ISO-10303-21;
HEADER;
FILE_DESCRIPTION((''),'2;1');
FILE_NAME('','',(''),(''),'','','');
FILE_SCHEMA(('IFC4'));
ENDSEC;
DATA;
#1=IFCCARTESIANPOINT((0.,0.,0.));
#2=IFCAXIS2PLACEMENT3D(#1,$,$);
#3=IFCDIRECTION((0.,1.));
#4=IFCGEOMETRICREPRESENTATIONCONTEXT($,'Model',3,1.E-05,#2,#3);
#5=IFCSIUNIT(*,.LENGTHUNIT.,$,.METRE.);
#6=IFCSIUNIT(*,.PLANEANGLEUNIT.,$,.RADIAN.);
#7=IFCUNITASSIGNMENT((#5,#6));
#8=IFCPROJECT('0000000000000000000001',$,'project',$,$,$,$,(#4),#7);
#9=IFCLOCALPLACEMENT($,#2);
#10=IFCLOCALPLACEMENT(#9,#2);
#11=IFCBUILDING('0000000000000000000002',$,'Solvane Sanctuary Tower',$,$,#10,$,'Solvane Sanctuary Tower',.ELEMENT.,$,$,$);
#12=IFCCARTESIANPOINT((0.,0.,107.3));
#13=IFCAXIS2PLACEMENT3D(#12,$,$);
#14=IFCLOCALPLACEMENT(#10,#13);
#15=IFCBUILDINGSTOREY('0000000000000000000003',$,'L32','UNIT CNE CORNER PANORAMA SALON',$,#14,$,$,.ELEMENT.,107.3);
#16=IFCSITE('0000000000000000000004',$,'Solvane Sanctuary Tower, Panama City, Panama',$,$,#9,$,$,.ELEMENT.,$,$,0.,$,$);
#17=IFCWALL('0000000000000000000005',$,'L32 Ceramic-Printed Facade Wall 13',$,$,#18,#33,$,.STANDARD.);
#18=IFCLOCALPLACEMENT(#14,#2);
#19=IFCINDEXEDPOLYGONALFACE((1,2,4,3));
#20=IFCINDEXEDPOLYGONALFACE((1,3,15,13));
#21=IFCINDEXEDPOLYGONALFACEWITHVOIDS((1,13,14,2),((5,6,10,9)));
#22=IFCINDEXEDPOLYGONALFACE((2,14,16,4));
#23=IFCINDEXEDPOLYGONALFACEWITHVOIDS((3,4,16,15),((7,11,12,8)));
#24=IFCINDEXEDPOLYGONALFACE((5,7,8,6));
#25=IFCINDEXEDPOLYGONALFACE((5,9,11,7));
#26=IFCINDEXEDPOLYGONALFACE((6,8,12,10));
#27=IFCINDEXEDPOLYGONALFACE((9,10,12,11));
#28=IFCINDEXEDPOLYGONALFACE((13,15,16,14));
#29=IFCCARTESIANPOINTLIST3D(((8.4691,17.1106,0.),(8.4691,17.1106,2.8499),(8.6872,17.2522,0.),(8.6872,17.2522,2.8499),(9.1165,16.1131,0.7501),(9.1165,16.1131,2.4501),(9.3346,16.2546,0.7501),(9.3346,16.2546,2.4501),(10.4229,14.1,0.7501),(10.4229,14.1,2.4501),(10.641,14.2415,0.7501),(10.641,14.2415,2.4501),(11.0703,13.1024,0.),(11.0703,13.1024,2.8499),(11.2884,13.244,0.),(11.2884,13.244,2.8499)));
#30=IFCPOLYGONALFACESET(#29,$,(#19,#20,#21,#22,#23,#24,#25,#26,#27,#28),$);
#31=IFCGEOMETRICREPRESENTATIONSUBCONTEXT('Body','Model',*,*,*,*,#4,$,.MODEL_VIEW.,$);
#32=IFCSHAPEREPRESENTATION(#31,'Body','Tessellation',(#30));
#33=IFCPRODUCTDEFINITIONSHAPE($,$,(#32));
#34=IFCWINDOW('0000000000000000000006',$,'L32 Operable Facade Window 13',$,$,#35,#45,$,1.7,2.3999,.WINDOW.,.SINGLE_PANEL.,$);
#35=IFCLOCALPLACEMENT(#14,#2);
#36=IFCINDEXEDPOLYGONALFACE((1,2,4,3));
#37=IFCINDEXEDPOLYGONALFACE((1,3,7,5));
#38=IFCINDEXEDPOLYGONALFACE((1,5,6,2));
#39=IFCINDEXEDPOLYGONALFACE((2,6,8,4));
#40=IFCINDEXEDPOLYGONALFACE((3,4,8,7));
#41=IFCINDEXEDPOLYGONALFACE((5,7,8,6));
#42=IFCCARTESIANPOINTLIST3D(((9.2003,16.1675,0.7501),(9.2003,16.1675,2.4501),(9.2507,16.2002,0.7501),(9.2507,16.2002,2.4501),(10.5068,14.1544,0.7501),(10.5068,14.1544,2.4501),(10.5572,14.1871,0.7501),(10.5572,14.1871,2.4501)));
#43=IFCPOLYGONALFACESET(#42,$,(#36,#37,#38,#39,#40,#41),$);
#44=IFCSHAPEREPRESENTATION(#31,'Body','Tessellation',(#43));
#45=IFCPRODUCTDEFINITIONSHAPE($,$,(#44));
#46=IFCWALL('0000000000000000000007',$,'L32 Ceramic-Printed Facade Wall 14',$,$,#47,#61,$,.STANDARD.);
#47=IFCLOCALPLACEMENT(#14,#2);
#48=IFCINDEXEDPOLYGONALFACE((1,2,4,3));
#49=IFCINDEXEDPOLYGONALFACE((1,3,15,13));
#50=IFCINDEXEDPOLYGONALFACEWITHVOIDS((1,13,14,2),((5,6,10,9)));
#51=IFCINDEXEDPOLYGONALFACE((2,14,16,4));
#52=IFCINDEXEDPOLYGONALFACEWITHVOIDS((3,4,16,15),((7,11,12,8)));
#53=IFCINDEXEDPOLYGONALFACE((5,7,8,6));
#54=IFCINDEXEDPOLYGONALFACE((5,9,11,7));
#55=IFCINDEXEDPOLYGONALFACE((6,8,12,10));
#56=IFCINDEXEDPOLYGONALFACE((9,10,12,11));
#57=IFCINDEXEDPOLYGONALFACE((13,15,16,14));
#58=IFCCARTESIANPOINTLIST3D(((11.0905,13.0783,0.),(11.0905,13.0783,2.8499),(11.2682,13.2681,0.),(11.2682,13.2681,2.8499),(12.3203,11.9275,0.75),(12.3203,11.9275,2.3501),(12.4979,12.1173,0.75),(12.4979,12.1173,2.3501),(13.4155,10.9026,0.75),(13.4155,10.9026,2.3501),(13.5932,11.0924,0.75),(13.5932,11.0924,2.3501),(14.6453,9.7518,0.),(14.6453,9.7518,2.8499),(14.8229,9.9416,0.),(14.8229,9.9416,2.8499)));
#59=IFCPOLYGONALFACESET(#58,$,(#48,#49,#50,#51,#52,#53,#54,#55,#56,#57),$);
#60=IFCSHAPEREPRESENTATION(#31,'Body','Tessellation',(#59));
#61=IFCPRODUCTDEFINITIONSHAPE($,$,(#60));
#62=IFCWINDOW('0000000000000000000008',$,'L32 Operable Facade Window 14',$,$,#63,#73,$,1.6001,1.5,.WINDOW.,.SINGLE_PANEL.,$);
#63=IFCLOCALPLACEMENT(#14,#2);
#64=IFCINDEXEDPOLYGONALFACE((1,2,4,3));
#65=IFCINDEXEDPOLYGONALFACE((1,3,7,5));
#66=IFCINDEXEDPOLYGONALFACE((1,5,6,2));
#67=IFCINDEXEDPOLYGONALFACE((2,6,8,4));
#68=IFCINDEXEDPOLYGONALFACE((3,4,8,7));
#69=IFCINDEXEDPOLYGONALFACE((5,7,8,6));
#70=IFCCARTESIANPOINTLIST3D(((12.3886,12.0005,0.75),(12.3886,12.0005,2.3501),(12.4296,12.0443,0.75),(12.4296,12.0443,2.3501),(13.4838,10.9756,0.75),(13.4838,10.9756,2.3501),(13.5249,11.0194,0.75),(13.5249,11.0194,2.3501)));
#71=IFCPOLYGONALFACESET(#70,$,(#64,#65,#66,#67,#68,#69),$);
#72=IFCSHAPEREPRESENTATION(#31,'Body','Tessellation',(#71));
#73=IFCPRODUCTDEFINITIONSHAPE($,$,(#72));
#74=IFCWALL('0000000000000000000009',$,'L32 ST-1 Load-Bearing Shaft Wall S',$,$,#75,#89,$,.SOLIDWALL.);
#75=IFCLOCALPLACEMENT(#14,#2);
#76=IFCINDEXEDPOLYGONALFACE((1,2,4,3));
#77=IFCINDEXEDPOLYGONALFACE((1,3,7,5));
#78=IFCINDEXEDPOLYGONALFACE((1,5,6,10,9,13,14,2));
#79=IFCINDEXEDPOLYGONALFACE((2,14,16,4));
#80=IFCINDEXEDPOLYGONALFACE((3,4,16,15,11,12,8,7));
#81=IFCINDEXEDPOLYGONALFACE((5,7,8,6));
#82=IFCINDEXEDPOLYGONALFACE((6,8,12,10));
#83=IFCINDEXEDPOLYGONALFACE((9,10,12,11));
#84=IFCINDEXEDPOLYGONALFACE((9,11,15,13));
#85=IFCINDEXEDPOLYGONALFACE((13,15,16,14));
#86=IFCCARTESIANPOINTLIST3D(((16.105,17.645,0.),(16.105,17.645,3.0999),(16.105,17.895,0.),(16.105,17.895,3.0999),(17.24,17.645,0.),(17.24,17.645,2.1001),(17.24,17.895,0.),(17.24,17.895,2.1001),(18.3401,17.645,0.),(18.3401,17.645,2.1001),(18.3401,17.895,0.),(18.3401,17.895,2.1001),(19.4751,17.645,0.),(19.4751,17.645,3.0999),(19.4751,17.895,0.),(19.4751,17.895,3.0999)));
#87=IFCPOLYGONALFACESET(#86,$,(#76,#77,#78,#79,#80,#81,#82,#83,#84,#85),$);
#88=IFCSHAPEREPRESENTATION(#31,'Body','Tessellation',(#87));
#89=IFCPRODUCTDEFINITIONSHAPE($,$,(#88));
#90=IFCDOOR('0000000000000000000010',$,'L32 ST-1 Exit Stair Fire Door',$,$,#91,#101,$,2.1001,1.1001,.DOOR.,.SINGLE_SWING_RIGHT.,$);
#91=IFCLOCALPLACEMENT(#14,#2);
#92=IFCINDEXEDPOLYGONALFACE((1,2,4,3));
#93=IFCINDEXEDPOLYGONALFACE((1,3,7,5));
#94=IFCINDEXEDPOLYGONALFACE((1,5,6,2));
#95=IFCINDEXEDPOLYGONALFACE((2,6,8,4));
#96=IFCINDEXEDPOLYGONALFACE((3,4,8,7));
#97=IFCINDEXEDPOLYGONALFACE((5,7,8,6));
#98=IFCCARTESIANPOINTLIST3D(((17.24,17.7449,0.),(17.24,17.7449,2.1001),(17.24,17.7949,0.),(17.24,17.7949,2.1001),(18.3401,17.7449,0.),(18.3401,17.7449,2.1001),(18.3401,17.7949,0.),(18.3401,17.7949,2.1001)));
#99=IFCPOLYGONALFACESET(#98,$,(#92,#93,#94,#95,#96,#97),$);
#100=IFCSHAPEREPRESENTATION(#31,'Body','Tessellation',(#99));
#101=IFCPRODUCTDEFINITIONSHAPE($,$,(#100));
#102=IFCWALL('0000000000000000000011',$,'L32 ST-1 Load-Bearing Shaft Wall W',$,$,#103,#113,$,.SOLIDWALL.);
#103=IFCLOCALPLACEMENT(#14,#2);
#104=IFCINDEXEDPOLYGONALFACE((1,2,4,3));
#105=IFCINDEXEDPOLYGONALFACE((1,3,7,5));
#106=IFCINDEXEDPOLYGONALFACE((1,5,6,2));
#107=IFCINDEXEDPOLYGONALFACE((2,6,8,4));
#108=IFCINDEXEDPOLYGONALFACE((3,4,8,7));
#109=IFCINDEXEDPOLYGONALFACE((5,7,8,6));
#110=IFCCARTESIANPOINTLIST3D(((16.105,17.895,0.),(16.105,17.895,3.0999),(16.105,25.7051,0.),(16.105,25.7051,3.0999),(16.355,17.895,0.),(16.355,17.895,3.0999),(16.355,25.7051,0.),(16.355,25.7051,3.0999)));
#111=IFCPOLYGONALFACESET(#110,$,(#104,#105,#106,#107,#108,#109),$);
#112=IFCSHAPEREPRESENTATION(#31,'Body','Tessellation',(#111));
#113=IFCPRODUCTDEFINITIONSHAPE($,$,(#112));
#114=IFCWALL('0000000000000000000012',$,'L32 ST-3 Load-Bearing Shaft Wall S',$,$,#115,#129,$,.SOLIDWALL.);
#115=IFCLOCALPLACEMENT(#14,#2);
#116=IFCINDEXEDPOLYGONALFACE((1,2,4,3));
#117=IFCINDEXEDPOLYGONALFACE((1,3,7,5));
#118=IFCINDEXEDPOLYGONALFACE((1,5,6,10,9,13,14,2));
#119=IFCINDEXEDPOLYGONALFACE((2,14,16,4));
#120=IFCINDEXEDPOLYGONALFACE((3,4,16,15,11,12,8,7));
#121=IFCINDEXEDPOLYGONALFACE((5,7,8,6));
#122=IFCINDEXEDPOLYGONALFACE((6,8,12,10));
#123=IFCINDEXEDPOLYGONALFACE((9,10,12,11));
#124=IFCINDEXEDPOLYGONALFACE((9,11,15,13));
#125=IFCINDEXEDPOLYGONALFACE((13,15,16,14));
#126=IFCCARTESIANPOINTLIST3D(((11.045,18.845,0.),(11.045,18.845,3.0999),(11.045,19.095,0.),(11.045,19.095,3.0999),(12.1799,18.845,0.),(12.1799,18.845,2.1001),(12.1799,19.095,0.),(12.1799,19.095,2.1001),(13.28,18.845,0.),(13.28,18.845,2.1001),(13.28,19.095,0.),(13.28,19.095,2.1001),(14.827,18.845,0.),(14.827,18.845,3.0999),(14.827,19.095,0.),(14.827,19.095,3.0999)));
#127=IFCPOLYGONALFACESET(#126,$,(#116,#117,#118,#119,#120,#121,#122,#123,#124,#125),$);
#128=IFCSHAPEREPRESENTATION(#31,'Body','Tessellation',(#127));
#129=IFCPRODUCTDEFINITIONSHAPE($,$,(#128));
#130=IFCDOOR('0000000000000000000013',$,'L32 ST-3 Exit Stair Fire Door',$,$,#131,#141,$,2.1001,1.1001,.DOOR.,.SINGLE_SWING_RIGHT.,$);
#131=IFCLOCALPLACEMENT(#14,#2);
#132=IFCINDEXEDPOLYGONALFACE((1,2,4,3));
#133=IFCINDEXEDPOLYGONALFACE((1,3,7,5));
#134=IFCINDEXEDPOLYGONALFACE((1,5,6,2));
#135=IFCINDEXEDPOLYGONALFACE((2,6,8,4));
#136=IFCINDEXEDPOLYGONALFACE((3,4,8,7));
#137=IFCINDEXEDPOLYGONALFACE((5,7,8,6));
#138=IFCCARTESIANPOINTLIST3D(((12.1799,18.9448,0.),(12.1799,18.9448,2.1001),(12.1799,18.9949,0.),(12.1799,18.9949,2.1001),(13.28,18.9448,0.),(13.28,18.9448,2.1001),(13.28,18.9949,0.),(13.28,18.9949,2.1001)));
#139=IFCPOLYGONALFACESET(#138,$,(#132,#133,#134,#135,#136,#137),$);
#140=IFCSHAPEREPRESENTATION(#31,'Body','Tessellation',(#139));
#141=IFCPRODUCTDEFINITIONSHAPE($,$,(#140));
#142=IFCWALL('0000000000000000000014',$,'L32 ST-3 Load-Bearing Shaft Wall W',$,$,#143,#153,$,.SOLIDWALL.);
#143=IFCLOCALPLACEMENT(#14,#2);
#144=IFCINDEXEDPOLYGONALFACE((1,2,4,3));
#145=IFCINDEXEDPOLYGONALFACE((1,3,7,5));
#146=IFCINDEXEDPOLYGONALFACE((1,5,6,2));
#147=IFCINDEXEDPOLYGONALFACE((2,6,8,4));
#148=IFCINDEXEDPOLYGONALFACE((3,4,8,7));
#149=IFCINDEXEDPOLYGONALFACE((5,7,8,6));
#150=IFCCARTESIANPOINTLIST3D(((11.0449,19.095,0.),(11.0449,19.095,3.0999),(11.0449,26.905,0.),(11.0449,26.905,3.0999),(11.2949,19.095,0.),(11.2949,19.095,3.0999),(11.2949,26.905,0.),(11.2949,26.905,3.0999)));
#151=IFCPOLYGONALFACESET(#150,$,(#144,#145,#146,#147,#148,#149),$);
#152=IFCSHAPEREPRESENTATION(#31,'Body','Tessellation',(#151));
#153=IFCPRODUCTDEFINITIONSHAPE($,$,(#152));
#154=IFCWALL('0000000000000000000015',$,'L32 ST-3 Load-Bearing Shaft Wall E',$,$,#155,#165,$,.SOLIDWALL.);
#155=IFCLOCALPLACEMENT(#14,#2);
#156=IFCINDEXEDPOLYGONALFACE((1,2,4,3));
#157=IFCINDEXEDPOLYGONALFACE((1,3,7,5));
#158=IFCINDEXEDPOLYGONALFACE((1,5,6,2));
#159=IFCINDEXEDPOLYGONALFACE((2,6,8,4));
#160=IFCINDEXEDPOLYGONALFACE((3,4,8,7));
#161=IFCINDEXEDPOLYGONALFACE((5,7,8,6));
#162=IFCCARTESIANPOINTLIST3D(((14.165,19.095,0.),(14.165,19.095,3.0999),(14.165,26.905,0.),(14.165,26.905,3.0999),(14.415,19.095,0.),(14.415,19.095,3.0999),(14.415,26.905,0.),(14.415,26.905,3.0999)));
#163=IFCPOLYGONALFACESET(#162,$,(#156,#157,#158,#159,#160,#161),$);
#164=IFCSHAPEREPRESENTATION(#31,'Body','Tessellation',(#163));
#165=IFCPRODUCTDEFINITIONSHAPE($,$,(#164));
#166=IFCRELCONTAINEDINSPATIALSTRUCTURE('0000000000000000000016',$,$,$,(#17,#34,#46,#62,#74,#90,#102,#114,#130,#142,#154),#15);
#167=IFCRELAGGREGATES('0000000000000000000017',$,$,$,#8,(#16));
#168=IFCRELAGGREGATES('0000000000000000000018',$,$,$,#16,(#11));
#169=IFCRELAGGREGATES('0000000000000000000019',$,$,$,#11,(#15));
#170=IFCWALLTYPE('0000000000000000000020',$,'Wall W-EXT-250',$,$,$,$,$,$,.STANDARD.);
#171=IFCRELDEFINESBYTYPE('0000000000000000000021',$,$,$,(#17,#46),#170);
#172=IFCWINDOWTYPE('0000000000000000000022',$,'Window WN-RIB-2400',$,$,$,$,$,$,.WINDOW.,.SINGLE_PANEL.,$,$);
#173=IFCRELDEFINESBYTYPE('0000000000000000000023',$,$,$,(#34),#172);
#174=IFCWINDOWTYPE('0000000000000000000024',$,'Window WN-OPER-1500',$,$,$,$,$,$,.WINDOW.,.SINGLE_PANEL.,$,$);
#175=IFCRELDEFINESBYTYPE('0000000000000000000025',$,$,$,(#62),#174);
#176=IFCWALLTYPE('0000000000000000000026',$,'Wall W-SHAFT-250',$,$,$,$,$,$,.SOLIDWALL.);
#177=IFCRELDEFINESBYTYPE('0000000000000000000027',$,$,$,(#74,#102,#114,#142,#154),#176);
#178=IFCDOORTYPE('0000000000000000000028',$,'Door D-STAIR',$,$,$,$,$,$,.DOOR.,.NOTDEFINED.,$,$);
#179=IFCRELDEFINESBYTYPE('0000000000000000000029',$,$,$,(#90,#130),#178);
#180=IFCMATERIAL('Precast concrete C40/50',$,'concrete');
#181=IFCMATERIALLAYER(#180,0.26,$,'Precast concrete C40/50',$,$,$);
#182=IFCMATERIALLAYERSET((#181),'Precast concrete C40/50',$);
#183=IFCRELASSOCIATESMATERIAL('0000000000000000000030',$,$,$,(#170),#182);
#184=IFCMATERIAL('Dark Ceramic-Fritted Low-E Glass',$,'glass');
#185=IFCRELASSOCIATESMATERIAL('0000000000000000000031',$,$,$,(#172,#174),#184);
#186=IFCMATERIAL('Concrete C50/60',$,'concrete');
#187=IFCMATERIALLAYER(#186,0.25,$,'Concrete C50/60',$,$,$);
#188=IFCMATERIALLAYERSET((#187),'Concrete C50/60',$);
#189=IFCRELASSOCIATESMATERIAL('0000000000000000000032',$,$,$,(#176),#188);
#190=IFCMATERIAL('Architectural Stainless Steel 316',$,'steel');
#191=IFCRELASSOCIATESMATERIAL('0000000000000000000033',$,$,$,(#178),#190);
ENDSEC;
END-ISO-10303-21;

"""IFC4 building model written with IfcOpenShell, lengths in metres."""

from ifc_helpers import new_model, si_unit, direction, frame, frame_2d, origin, place, context, subcontext, project, spatial, rectangle, extrude, material, layer, layer_set, type_object, element, fill, save


model = new_model("IFC4")

# Units and contexts
model_context = context("Model", 3, precision=1e-05, world=origin(), true_north=direction((0.0, 1.0)))
body_context = subcontext(model_context, "Body", "Model", "MODEL_VIEW")
ifc_project = project(units=[si_unit("LENGTHUNIT", "METRE"), si_unit("PLANEANGLEUNIT", "RADIAN")], contexts=[model_context])

# Site, building, storey
site_placement = place(None, origin())
site = spatial("IfcSite", under=ifc_project, at=site_placement, Name="Solvane Sanctuary Tower, Panama City, Panama", CompositionType="ELEMENT", RefElevation=0.0)
building_placement = place(site_placement, origin())
building = spatial("IfcBuilding", under=site, at=building_placement, Name="Solvane Sanctuary Tower", LongName="Solvane Sanctuary Tower", CompositionType="ELEMENT")
storey_placement = place(building_placement, frame((0.0, 0.0, 107.3)))
storey = spatial("IfcBuildingStorey", under=building, at=storey_placement, Name="L32", Description="UNIT CNE CORNER PANORAMA SALON", CompositionType="ELEMENT", Elevation=107.3)

# Walls, openings, windows
ifc_material_1 = material(Name="Precast concrete C40/50", Category="concrete")
ifc_layer_1 = layer(ifc_material_1, 0.26, Name="Precast concrete C40/50")
ifc_layer_set_1 = layer_set([ifc_layer_1], Name="Precast concrete C40/50")
wall_type_1 = type_object("IfcWallType", Name="Wall W-EXT-250", PredefinedType="STANDARD", material=ifc_layer_set_1)
wall_1_placement = place(storey_placement, frame((8.5781, 17.1814, 0.0), z_axis=(0.0, 0.0, 1.0), x_axis=(0.544388, -0.838833, 0.0)))
wall_1 = element("IfcWall", 1, at=wall_1_placement, inside=storey, type_object=wall_type_1, Name="L32 Ceramic-Printed Facade Wall 13", PredefinedType="STANDARD", context=body_context, shape_type="SweptSolid", body=[
    extrude(rectangle(XDim=4.7783, YDim=0.26, at=frame_2d((2.3892, 0.0))), origin(), (0.0, 0.0, 1.0), 2.8499),
])
opening_1_placement = place(wall_1_placement, frame((1.1892, 0.0, 0.75)))
opening_1 = element("IfcOpeningElement", 2, at=opening_1_placement, cuts=wall_1, PredefinedType="OPENING", context=body_context, shape_type="SweptSolid", body=[
    extrude(rectangle(XDim=2.3999, YDim=1.7, at=frame_2d((1.2, 0.8501))), frame((0.0, 0.1399, 0.0), z_axis=(0.0, -1.0, 0.0), x_axis=(1.0, 0.0, 0.0)), (0.0, 0.0, 1.0), 0.28),
])
ifc_material_2 = material(Name="Dark Ceramic-Fritted Low-E Glass", Category="glass")
window_type_1 = type_object("IfcWindowType", Name="Window WN-RIB-2400", PartitioningType="SINGLE_PANEL", PredefinedType="WINDOW", material=ifc_material_2)
window_1_placement = place(opening_1_placement, origin())
window_1 = element("IfcWindow", 3, at=window_1_placement, inside=storey, type_object=window_type_1, Name="L32 Operable Facade Window 13", OverallHeight=1.7, OverallWidth=2.3999, PartitioningType="SINGLE_PANEL", PredefinedType="WINDOW", context=body_context, shape_type="SweptSolid", body=[
    extrude(rectangle(XDim=2.3999, YDim=1.7, at=frame_2d((1.2, 0.8501))), frame((0.0, 0.03, 0.0), z_axis=(0.0, -1.0, 0.0), x_axis=(1.0, 0.0, 0.0)), (0.0, 0.0, 1.0), 0.0601),
])
fill(opening_1, window_1)
wall_2_placement = place(storey_placement, frame((11.1794, 13.1731, 0.0), z_axis=(0.0, 0.0, 1.0), x_axis=(0.730162, -0.683274, 0.0)))
wall_2 = element("IfcWall", 4, at=wall_2_placement, inside=storey, type_object=wall_type_1, Name="L32 Ceramic-Printed Facade Wall 14", PredefinedType="STANDARD", context=body_context, shape_type="SweptSolid", body=[
    extrude(rectangle(XDim=4.8684, YDim=0.26, at=frame_2d((2.4341, 0.0))), origin(), (0.0, 0.0, 1.0), 2.8499),
])
opening_2_placement = place(wall_2_placement, frame((1.6841, 0.0, 0.75)))
opening_2 = element("IfcOpeningElement", 5, at=opening_2_placement, cuts=wall_2, PredefinedType="OPENING", context=body_context, shape_type="SweptSolid", body=[
    extrude(rectangle(XDim=1.5, YDim=1.6001, at=frame_2d((0.75, 0.8))), frame((0.0, 0.1399, 0.0), z_axis=(0.0, -1.0, 0.0), x_axis=(1.0, 0.0, 0.0)), (0.0, 0.0, 1.0), 0.28),
])
window_type_2 = type_object("IfcWindowType", Name="Window WN-OPER-1500", PartitioningType="SINGLE_PANEL", PredefinedType="WINDOW", material=ifc_material_2)
window_2_placement = place(opening_2_placement, origin())
window_2 = element("IfcWindow", 6, at=window_2_placement, inside=storey, type_object=window_type_2, Name="L32 Operable Facade Window 14", OverallHeight=1.6001, OverallWidth=1.5, PartitioningType="SINGLE_PANEL", PredefinedType="WINDOW", context=body_context, shape_type="SweptSolid", body=[
    extrude(rectangle(XDim=1.5, YDim=1.6001, at=frame_2d((0.75, 0.8))), frame((0.0, 0.03, 0.0), z_axis=(0.0, -1.0, 0.0), x_axis=(1.0, 0.0, 0.0)), (0.0, 0.0, 1.0), 0.0601),
])
fill(opening_2, window_2)

# Wall, opening, door
ifc_material_3 = material(Name="Concrete C50/60", Category="concrete")
ifc_layer_2 = layer(ifc_material_3, 0.25, Name="Concrete C50/60")
ifc_layer_set_2 = layer_set([ifc_layer_2], Name="Concrete C50/60")
wall_type_2 = type_object("IfcWallType", Name="Wall W-SHAFT-250", PredefinedType="SOLIDWALL", material=ifc_layer_set_2)
wall_3_placement = place(storey_placement, frame((16.105, 17.77, 0.0), z_axis=(0.0, 0.0, 1.0), x_axis=(1.0, 0.0, 0.0)))
wall_3 = element("IfcWall", 7, at=wall_3_placement, inside=storey, type_object=wall_type_2, Name="L32 ST-1 Load-Bearing Shaft Wall S", PredefinedType="SOLIDWALL", context=body_context, shape_type="SweptSolid", body=[
    extrude(rectangle(XDim=3.3701, YDim=0.25, at=frame_2d((1.6851, 0.0))), origin(), (0.0, 0.0, 1.0), 3.0999),
])
opening_3_placement = place(wall_3_placement, frame((1.135, 0.0, 0.0)))
opening_3 = element("IfcOpeningElement", 8, at=opening_3_placement, cuts=wall_3, PredefinedType="OPENING", context=body_context, shape_type="SweptSolid", body=[
    extrude(rectangle(XDim=1.1001, YDim=2.1001, at=frame_2d((0.55, 1.05))), frame((0.0, 0.135, 0.0), z_axis=(0.0, -1.0, 0.0), x_axis=(1.0, 0.0, 0.0)), (0.0, 0.0, 1.0), 0.27),
])
ifc_material_4 = material(Name="Architectural Stainless Steel 316", Category="steel")
door_type_1 = type_object("IfcDoorType", Name="Door D-STAIR", OperationType="NOTDEFINED", PredefinedType="DOOR", material=ifc_material_4)
door_1_placement = place(opening_3_placement, origin())
door_1 = element("IfcDoor", 9, at=door_1_placement, inside=storey, type_object=door_type_1, Name="L32 ST-1 Exit Stair Fire Door", OperationType="SINGLE_SWING_RIGHT", OverallHeight=2.1001, OverallWidth=1.1001, PredefinedType="DOOR", context=body_context, shape_type="SweptSolid", body=[
    extrude(rectangle(XDim=1.1001, YDim=2.1001, at=frame_2d((0.55, 1.05))), frame((0.0, 0.0249, 0.0), z_axis=(0.0, -1.0, 0.0), x_axis=(1.0, 0.0, 0.0)), (0.0, 0.0, 1.0), 0.05),
])
fill(opening_3, door_1)

# Wall
wall_4_placement = place(storey_placement, frame((16.23, 17.895, 0.0), z_axis=(0.0, 0.0, 1.0), x_axis=(0.0, 1.0, 0.0)))
element("IfcWall", 10, at=wall_4_placement, inside=storey, type_object=wall_type_2, Name="L32 ST-1 Load-Bearing Shaft Wall W", PredefinedType="SOLIDWALL", context=body_context, shape_type="SweptSolid", body=[
    extrude(rectangle(XDim=7.8101, YDim=0.25, at=frame_2d((3.905, 0.0))), origin(), (0.0, 0.0, 1.0), 3.0999),
])

# Wall, opening, door
wall_5_placement = place(storey_placement, frame((11.0449, 18.97, 0.0), z_axis=(0.0, 0.0, 1.0), x_axis=(1.0, 0.0, 0.0)))
wall_5 = element("IfcWall", 11, at=wall_5_placement, inside=storey, type_object=wall_type_2, Name="L32 ST-3 Load-Bearing Shaft Wall S", PredefinedType="SOLIDWALL", context=body_context, shape_type="SweptSolid", body=[
    extrude(rectangle(XDim=3.782, YDim=0.25, at=frame_2d((1.8911, 0.0))), origin(), (0.0, 0.0, 1.0), 3.0999),
])
opening_4_placement = place(wall_5_placement, frame((1.135, 0.0, 0.0)))
opening_4 = element("IfcOpeningElement", 12, at=opening_4_placement, cuts=wall_5, PredefinedType="OPENING", context=body_context, shape_type="SweptSolid", body=[
    extrude(rectangle(XDim=1.1001, YDim=2.1001, at=frame_2d((0.55, 1.05))), frame((0.0, 0.135, 0.0), z_axis=(0.0, -1.0, 0.0), x_axis=(1.0, 0.0, 0.0)), (0.0, 0.0, 1.0), 0.27),
])
door_2_placement = place(opening_4_placement, origin())
door_2 = element("IfcDoor", 13, at=door_2_placement, inside=storey, type_object=door_type_1, Name="L32 ST-3 Exit Stair Fire Door", OperationType="SINGLE_SWING_RIGHT", OverallHeight=2.1001, OverallWidth=1.1001, PredefinedType="DOOR", context=body_context, shape_type="SweptSolid", body=[
    extrude(rectangle(XDim=1.1001, YDim=2.1001, at=frame_2d((0.55, 1.05))), frame((0.0, 0.0249, 0.0), z_axis=(0.0, -1.0, 0.0), x_axis=(1.0, 0.0, 0.0)), (0.0, 0.0, 1.0), 0.05),
])
fill(opening_4, door_2)

# Walls
for number, where, z_axis, x_axis, name in (
    (14, (11.1699, 19.095, 0.0), (0.0, 0.0, 1.0), (0.0, 1.0, 0.0), "L32 ST-3 Load-Bearing Shaft Wall W"),
    (15, (14.29, 19.095, 0.0), (0.0, 0.0, 1.0), (0.0, 1.0, 0.0), "L32 ST-3 Load-Bearing Shaft Wall E"),
):
    element("IfcWall", number, at=place(storey_placement, frame(where, z_axis=z_axis, x_axis=x_axis)), inside=storey, type_object=wall_type_2, Name=name, PredefinedType="SOLIDWALL", context=body_context, shape_type="SweptSolid", body=[
        extrude(rectangle(XDim=7.8101, YDim=0.25, at=frame_2d((3.905, 0.0))), origin(), (0.0, 0.0, 1.0), 3.0999),
    ])

save(model, "model.ifc")
